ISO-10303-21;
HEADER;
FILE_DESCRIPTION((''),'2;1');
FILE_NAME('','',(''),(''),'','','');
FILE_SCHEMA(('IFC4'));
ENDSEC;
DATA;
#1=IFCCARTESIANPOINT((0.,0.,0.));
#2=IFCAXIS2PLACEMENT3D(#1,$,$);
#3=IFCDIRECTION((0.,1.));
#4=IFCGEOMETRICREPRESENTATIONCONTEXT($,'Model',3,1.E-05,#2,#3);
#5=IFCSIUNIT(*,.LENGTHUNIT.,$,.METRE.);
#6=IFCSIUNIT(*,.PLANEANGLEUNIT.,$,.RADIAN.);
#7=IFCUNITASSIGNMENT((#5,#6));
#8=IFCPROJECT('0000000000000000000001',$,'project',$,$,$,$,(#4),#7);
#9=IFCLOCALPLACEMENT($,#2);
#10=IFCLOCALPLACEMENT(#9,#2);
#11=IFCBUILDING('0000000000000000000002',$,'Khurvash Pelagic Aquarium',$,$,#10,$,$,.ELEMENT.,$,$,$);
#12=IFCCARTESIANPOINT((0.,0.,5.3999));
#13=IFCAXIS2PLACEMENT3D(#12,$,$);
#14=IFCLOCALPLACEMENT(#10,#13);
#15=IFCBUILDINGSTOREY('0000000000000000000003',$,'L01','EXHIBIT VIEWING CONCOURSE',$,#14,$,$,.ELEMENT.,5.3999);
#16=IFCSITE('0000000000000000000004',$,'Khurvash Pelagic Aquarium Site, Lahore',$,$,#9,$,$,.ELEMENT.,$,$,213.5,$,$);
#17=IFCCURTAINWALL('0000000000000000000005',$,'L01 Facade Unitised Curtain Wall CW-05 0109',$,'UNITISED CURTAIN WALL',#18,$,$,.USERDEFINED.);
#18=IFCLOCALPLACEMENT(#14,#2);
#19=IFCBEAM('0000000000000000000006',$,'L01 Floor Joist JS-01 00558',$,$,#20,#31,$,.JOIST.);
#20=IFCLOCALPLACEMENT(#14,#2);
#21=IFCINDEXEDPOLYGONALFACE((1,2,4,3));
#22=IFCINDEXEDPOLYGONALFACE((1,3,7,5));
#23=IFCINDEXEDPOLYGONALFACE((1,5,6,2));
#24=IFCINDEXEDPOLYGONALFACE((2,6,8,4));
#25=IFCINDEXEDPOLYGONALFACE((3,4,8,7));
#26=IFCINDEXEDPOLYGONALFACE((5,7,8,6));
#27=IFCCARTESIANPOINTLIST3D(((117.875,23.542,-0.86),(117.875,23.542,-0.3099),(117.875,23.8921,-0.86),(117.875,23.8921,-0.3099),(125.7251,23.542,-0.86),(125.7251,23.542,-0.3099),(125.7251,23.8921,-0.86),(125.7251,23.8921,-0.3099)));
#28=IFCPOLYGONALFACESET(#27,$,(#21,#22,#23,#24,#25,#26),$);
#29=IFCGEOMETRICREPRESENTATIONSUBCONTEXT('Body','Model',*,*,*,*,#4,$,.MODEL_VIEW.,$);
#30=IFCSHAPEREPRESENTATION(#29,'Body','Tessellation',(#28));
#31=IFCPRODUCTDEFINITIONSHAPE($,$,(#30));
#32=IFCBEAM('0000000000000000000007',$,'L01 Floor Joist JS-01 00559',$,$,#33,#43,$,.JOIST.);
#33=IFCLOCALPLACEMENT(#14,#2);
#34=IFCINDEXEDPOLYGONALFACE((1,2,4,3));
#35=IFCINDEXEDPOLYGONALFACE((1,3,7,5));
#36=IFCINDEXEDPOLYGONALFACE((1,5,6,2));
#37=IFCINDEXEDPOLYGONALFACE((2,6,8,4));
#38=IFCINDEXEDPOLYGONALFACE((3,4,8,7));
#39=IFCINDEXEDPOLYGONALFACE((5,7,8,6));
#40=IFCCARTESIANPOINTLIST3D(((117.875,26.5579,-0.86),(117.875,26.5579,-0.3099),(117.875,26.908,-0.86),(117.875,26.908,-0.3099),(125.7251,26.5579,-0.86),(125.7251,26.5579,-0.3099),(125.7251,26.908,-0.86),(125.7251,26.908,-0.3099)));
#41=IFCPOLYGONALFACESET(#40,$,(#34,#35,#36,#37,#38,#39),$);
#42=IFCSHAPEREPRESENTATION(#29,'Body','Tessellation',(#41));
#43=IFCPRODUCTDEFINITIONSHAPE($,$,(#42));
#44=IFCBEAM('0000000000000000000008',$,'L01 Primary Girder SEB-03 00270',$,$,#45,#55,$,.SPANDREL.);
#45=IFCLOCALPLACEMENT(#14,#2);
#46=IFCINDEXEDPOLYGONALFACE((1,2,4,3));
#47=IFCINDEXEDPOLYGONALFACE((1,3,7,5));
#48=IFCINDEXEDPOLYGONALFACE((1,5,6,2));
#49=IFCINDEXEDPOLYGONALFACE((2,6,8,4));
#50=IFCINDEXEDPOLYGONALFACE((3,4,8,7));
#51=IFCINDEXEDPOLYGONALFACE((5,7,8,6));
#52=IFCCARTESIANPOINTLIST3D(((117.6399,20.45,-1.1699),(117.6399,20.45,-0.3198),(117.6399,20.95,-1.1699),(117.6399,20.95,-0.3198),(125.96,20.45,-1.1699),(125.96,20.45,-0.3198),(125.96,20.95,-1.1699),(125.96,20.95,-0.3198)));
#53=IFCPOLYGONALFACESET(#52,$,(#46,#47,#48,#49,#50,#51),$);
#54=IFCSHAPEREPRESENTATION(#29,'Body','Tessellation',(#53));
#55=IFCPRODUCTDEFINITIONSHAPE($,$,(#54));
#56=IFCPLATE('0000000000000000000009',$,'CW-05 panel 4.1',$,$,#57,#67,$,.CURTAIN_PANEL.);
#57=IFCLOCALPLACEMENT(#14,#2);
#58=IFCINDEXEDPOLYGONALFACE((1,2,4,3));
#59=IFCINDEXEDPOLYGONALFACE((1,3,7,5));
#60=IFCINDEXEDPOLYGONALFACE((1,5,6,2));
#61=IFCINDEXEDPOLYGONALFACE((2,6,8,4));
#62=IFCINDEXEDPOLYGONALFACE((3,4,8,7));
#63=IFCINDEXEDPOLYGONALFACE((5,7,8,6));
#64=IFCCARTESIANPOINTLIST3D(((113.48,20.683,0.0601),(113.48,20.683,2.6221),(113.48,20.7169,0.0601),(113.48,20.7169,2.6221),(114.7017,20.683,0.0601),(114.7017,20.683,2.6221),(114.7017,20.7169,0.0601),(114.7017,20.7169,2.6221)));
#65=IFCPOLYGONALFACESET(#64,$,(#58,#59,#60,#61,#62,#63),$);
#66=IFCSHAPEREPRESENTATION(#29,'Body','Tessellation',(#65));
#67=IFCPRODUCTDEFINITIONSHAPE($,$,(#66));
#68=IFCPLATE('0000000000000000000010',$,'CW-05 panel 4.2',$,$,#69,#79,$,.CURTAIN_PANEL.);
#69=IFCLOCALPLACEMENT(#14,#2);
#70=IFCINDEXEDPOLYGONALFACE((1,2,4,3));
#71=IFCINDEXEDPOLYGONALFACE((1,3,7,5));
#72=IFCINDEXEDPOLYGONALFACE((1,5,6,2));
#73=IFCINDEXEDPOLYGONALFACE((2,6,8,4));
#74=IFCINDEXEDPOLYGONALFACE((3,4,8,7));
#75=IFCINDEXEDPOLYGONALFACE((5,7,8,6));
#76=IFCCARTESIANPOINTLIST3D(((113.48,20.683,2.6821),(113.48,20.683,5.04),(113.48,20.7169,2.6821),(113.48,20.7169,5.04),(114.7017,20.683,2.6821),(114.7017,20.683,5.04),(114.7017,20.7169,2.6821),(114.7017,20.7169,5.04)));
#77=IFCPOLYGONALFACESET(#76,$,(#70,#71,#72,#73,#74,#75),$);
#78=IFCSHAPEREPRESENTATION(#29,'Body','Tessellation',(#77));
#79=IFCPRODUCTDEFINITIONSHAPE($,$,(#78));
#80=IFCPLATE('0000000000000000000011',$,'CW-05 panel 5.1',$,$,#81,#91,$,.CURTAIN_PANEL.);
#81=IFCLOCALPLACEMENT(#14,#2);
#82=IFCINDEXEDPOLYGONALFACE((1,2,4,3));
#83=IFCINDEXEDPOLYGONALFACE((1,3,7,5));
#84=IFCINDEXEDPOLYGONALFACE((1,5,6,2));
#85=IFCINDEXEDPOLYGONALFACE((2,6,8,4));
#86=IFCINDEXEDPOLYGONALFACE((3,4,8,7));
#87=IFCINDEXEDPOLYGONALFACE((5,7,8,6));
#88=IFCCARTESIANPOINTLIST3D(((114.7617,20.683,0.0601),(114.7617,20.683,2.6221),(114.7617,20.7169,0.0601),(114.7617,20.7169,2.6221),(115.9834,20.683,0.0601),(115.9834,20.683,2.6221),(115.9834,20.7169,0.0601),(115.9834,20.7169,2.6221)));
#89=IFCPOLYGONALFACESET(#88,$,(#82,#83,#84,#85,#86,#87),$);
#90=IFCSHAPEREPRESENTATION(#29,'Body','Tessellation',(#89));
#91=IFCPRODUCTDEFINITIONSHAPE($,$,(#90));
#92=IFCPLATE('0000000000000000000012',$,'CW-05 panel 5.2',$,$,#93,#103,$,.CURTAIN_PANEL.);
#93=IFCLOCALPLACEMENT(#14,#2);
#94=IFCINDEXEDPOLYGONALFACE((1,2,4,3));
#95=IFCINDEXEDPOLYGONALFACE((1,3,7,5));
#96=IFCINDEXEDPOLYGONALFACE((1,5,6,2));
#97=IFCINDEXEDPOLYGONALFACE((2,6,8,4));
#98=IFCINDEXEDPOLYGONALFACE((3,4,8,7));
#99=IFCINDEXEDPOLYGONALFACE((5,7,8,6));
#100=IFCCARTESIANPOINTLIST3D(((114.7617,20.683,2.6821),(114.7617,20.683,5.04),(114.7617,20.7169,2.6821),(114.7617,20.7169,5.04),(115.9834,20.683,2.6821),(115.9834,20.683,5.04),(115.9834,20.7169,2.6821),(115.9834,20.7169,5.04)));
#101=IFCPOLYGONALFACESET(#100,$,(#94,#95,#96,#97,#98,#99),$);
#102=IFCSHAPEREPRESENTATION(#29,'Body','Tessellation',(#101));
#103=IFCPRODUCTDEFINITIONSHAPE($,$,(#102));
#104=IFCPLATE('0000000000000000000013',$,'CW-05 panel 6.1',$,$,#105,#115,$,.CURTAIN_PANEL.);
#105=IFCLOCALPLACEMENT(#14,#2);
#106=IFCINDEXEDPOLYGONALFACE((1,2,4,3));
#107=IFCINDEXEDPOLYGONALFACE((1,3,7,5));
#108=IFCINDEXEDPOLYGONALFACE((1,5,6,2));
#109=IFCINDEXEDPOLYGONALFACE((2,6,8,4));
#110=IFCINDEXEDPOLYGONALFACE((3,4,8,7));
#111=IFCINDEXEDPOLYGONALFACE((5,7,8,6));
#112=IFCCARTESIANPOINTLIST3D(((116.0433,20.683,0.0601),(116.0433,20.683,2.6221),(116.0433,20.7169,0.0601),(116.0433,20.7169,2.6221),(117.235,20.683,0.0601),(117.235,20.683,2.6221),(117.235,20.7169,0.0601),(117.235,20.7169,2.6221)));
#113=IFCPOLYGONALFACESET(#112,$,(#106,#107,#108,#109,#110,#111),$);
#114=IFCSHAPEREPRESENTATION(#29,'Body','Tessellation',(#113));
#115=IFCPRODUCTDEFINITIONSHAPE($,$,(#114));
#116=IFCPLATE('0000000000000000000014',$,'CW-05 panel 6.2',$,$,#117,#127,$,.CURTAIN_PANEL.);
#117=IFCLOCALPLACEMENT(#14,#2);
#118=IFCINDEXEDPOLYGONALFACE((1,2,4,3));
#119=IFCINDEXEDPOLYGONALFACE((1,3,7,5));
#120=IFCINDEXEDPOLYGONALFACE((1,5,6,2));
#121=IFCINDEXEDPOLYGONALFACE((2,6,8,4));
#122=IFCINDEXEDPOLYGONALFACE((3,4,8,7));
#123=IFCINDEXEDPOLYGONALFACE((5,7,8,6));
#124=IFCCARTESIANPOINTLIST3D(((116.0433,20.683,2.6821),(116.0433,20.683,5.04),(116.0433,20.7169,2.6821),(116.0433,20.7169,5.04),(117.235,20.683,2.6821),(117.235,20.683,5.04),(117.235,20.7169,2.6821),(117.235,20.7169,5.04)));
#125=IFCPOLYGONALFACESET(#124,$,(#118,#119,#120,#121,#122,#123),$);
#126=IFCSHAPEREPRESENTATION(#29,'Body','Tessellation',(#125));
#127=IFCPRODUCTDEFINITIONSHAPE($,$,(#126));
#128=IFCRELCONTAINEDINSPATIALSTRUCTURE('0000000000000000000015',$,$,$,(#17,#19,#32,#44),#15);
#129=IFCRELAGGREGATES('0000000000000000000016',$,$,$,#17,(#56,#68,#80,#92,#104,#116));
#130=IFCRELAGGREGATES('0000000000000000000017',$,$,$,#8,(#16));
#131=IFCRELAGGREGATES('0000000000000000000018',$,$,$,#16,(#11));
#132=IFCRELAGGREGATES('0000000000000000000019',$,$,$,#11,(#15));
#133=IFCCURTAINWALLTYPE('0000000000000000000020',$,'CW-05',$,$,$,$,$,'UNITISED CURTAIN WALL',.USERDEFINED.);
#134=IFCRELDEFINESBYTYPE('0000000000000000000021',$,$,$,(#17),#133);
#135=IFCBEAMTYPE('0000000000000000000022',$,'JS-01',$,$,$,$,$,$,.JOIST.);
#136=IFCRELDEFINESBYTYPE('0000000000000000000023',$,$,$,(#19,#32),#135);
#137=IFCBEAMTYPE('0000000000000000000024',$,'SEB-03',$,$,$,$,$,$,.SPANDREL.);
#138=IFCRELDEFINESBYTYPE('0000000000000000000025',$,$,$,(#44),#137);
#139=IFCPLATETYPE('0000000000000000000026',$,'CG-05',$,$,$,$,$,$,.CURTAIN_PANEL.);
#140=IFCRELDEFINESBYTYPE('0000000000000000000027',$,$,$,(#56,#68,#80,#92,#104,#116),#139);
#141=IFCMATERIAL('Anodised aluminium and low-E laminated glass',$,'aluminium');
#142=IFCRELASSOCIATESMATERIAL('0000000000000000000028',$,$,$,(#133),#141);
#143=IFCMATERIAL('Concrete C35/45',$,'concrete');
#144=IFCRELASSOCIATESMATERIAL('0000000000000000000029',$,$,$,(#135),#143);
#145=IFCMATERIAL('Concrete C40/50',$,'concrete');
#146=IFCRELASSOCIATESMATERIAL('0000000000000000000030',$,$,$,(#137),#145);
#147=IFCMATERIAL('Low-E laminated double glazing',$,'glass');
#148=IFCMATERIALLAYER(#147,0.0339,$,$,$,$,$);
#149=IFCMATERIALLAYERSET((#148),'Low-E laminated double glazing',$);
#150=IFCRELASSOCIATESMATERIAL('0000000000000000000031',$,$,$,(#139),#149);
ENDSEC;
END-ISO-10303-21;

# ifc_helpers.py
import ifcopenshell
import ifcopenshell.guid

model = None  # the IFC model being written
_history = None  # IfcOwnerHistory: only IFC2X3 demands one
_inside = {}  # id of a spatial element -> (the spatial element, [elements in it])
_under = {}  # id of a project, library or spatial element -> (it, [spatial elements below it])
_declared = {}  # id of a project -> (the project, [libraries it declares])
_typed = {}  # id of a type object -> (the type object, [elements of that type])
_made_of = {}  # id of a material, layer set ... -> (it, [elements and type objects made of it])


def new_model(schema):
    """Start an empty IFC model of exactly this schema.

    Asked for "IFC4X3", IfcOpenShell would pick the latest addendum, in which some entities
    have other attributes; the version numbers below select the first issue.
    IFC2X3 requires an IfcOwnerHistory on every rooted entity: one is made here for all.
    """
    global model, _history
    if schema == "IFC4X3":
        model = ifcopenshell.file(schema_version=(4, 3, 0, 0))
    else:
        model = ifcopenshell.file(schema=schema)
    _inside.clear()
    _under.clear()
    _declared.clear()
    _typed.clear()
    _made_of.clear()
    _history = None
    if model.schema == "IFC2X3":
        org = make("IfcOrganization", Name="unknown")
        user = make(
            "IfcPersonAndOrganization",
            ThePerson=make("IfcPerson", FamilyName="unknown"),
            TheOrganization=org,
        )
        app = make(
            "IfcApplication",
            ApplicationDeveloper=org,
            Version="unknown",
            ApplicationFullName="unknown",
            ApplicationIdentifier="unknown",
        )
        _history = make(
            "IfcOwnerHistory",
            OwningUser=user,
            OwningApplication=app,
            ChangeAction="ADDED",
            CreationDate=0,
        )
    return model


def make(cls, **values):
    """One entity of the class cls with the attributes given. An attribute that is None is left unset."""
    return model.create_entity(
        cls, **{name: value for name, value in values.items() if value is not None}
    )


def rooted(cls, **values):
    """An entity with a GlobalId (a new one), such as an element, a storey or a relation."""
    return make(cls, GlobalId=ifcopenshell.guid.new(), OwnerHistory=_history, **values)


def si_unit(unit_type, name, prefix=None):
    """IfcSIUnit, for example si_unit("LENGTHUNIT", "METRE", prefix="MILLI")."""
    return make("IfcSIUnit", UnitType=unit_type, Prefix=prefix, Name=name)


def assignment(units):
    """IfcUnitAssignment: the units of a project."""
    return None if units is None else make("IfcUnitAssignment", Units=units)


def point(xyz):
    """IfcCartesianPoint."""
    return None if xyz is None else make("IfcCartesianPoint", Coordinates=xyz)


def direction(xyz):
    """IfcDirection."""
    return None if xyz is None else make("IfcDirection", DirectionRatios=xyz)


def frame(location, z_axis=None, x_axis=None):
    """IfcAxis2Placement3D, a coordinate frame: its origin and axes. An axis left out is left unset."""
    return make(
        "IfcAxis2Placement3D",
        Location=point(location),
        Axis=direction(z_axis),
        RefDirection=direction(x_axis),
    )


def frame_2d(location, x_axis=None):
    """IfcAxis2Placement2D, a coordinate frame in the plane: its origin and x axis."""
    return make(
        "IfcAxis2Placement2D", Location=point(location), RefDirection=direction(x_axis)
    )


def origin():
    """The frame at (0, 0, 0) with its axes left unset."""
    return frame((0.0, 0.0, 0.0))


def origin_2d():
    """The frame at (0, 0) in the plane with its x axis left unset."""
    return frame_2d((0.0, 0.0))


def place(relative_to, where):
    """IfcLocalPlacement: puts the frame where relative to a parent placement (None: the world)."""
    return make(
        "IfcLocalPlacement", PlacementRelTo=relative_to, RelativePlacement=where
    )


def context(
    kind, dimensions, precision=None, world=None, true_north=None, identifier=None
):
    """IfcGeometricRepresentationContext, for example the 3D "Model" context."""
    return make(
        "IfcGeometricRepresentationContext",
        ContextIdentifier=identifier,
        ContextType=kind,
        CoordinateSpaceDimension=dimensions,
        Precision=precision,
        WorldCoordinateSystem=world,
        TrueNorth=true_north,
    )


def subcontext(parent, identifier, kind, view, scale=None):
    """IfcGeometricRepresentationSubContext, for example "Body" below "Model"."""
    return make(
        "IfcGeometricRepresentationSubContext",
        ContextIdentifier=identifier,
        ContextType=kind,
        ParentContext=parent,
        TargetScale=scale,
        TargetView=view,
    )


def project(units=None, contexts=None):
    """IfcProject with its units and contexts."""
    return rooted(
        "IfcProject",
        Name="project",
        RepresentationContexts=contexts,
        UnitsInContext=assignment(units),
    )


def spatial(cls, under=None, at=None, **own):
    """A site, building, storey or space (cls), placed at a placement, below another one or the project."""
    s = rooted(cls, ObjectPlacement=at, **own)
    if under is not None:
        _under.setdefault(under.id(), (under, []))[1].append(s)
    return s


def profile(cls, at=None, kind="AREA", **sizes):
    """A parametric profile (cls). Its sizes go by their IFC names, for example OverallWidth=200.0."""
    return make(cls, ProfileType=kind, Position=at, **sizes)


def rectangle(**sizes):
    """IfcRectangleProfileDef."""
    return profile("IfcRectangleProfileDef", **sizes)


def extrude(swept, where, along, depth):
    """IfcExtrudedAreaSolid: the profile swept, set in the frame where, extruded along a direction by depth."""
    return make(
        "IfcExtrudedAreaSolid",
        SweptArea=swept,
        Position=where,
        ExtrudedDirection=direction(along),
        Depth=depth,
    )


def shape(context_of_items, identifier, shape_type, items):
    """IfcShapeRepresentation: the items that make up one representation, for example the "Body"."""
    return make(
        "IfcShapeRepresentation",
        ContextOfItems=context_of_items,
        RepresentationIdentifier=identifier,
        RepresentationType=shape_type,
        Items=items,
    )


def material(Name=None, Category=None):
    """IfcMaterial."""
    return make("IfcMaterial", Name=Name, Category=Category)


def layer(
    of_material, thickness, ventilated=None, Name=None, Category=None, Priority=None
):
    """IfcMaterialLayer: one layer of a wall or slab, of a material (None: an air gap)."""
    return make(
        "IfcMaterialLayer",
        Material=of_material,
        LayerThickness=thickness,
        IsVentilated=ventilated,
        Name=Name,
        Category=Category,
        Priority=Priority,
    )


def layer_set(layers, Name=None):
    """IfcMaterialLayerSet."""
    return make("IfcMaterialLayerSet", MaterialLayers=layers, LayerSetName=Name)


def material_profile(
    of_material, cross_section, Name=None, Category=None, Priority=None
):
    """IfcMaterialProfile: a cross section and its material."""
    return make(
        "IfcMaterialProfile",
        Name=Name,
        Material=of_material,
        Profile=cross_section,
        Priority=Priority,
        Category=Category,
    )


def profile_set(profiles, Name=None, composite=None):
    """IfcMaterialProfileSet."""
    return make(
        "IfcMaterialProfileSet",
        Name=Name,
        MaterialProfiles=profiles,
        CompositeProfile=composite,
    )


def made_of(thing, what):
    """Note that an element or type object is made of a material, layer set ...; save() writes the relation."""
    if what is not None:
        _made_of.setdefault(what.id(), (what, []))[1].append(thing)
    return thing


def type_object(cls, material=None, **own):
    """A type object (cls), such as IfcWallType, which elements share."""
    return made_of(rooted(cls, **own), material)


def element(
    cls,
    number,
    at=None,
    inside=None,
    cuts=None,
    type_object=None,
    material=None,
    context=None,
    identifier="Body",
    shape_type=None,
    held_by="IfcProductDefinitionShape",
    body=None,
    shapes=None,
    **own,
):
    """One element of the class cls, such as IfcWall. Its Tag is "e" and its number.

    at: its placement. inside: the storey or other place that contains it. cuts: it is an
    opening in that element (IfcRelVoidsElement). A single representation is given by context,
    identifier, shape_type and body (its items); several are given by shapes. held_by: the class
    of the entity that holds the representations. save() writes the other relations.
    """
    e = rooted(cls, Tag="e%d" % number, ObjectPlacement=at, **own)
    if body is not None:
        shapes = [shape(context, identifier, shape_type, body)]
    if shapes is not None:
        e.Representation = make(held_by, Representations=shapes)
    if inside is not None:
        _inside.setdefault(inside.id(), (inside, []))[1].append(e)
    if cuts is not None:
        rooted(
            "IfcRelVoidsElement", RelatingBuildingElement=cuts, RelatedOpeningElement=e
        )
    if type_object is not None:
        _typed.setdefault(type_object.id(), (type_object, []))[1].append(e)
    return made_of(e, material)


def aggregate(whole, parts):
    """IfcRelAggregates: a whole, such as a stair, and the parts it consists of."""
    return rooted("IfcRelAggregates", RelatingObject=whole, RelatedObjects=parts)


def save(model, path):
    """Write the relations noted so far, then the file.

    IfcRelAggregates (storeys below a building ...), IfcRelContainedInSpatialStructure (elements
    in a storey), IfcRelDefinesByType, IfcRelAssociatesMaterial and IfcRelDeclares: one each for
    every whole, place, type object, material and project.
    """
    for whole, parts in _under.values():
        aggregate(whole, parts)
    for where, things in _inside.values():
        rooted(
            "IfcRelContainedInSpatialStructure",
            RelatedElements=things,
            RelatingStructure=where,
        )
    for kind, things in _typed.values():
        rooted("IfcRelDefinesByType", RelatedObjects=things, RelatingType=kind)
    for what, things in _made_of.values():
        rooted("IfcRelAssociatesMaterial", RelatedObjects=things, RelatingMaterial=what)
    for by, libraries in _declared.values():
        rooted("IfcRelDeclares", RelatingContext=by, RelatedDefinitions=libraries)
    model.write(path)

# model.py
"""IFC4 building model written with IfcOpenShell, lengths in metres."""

from ifc_helpers import new_model, si_unit, direction, frame, origin, origin_2d, place, context, subcontext, project, spatial, rectangle, extrude, material, layer, layer_set, material_profile, profile_set, type_object, element, aggregate, save


model = new_model("IFC4")

# Units and contexts
model_context = context("Model", 3, precision=1e-05, world=origin(), true_north=direction((0.0, 1.0)))
body_context = subcontext(model_context, "Body", "Model", "MODEL_VIEW")
ifc_project = project(units=[si_unit("LENGTHUNIT", "METRE"), si_unit("PLANEANGLEUNIT", "RADIAN")], contexts=[model_context])

# Site, building, storey
site_placement = place(None, origin())
site = spatial("IfcSite", under=ifc_project, at=site_placement, Name="Khurvash Pelagic Aquarium Site, Lahore", CompositionType="ELEMENT", RefElevation=213.5)
building_placement = place(site_placement, origin())
building = spatial("IfcBuilding", under=site, at=building_placement, Name="Khurvash Pelagic Aquarium", CompositionType="ELEMENT")
storey_placement = place(building_placement, frame((0.0, 0.0, 5.3999)))
storey = spatial("IfcBuildingStorey", under=building, at=storey_placement, Name="L01", Description="EXHIBIT VIEWING CONCOURSE", CompositionType="ELEMENT", Elevation=5.3999)

# Shared definitions
ifc_material_1 = material(Name="Concrete C40/50", Category="concrete")

# Curtain wall
ifc_material_2 = material(Name="Anodised aluminium and low-E laminated glass", Category="aluminium")
curtain_wall_type = type_object("IfcCurtainWallType", Name="CW-05", ElementType="UNITISED CURTAIN WALL", PredefinedType="USERDEFINED", material=ifc_material_2)
curtain_wall_placement = place(storey_placement, origin())
curtain_wall = element("IfcCurtainWall", 1, at=curtain_wall_placement, inside=storey, type_object=curtain_wall_type, Name="L01 Facade Unitised Curtain Wall CW-05 0109", ObjectType="UNITISED CURTAIN WALL", PredefinedType="USERDEFINED")

# Beams
ifc_material_3 = material(Name="Concrete C35/45", Category="concrete")
ifc_material_profile_1 = material_profile(ifc_material_3, rectangle(XDim=0.3501, YDim=0.55, at=origin_2d()), Name="RC350X550")
ifc_profile_set_1 = profile_set([ifc_material_profile_1], Name="Concrete C35/45")
beam_type_1 = type_object("IfcBeamType", Name="JS-01", PredefinedType="JOIST", material=ifc_profile_set_1)
for number, where, z_axis, x_axis, name in (
    (2, (117.875, 23.717, -0.585), (1.0, 0.0, 0.0), (0.0, 1.0, 0.0), "L01 Floor Joist JS-01 00558"),
    (3, (117.875, 26.7329, -0.585), (1.0, 0.0, 0.0), (0.0, 1.0, 0.0), "L01 Floor Joist JS-01 00559"),
):
    element("IfcBeam", number, at=place(storey_placement, frame(where, z_axis=z_axis, x_axis=x_axis)), inside=storey, type_object=beam_type_1, Name=name, PredefinedType="JOIST", context=body_context, shape_type="SweptSolid", body=[
        extrude(rectangle(XDim=0.3501, YDim=0.55, at=origin_2d()), origin(), (0.0, 0.0, 1.0), 7.8501),
    ])
ifc_material_profile_2 = material_profile(ifc_material_1, rectangle(XDim=0.5, YDim=0.8501, at=origin_2d()), Name="RC500X850")
ifc_profile_set_2 = profile_set([ifc_material_profile_2], Name="Concrete C40/50")
beam_type_2 = type_object("IfcBeamType", Name="SEB-03", PredefinedType="SPANDREL", material=ifc_profile_set_2)
beam_1_placement = place(storey_placement, frame((117.6399, 20.7, -0.7449), z_axis=(1.0, 0.0, 0.0), x_axis=(0.0, 1.0, 0.0)))
element("IfcBeam", 4, at=beam_1_placement, inside=storey, type_object=beam_type_2, Name="L01 Primary Girder SEB-03 00270", PredefinedType="SPANDREL", context=body_context, shape_type="SweptSolid", body=[
    extrude(rectangle(XDim=0.5, YDim=0.8501, at=origin_2d()), origin(), (0.0, 0.0, 1.0), 8.3201),
])

# Plates
ifc_material_4 = material(Name="Low-E laminated double glazing", Category="glass")
ifc_layer = layer(ifc_material_4, 0.0339)
ifc_layer_set = layer_set([ifc_layer], Name="Low-E laminated double glazing")
plate_type = type_object("IfcPlateType", Name="CG-05", PredefinedType="CURTAIN_PANEL", material=ifc_layer_set)
plate_1_placement = place(storey_placement, frame((114.0908, 20.7, 0.0601), z_axis=(0.0, 0.0, 1.0), x_axis=(1.0, 0.0, 0.0)))
plate_1 = element("IfcPlate", 5, at=plate_1_placement, type_object=plate_type, Name="CW-05 panel 4.1", PredefinedType="CURTAIN_PANEL", context=body_context, shape_type="SweptSolid", body=[
    extrude(rectangle(XDim=1.2217, YDim=0.0339, at=origin_2d()), origin(), (0.0, 0.0, 1.0), 2.562),
])
plate_2_placement = place(storey_placement, frame((114.0908, 20.7, 2.6821), z_axis=(0.0, 0.0, 1.0), x_axis=(1.0, 0.0, 0.0)))
plate_2 = element("IfcPlate", 6, at=plate_2_placement, type_object=plate_type, Name="CW-05 panel 4.2", PredefinedType="CURTAIN_PANEL", context=body_context, shape_type="SweptSolid", body=[
    extrude(rectangle(XDim=1.2217, YDim=0.0339, at=origin_2d()), origin(), (0.0, 0.0, 1.0), 2.3579),
])
plate_3_placement = place(storey_placement, frame((115.3726, 20.7, 0.0601), z_axis=(0.0, 0.0, 1.0), x_axis=(1.0, 0.0, 0.0)))
plate_3 = element("IfcPlate", 7, at=plate_3_placement, type_object=plate_type, Name="CW-05 panel 5.1", PredefinedType="CURTAIN_PANEL", context=body_context, shape_type="SweptSolid", body=[
    extrude(rectangle(XDim=1.2217, YDim=0.0339, at=origin_2d()), origin(), (0.0, 0.0, 1.0), 2.562),
])
plate_4_placement = place(storey_placement, frame((115.3726, 20.7, 2.6821), z_axis=(0.0, 0.0, 1.0), x_axis=(1.0, 0.0, 0.0)))
plate_4 = element("IfcPlate", 8, at=plate_4_placement, type_object=plate_type, Name="CW-05 panel 5.2", PredefinedType="CURTAIN_PANEL", context=body_context, shape_type="SweptSolid", body=[
    extrude(rectangle(XDim=1.2217, YDim=0.0339, at=origin_2d()), origin(), (0.0, 0.0, 1.0), 2.3579),
])
plate_5_placement = place(storey_placement, frame((116.6392, 20.7, 0.0601), z_axis=(0.0, 0.0, 1.0), x_axis=(1.0, 0.0, 0.0)))
plate_5 = element("IfcPlate", 9, at=plate_5_placement, type_object=plate_type, Name="CW-05 panel 6.1", PredefinedType="CURTAIN_PANEL", context=body_context, shape_type="SweptSolid", body=[
    extrude(rectangle(XDim=1.1917, YDim=0.0339, at=origin_2d()), origin(), (0.0, 0.0, 1.0), 2.562),
])
plate_6_placement = place(storey_placement, frame((116.6392, 20.7, 2.6821), z_axis=(0.0, 0.0, 1.0), x_axis=(1.0, 0.0, 0.0)))
plate_6 = element("IfcPlate", 10, at=plate_6_placement, type_object=plate_type, Name="CW-05 panel 6.2", PredefinedType="CURTAIN_PANEL", context=body_context, shape_type="SweptSolid", body=[
    extrude(rectangle(XDim=1.1917, YDim=0.0339, at=origin_2d()), origin(), (0.0, 0.0, 1.0), 2.3579),
])
aggregate(curtain_wall, [plate_1, plate_2, plate_3, plate_4, plate_5, plate_6])

save(model, "model.ifc")
